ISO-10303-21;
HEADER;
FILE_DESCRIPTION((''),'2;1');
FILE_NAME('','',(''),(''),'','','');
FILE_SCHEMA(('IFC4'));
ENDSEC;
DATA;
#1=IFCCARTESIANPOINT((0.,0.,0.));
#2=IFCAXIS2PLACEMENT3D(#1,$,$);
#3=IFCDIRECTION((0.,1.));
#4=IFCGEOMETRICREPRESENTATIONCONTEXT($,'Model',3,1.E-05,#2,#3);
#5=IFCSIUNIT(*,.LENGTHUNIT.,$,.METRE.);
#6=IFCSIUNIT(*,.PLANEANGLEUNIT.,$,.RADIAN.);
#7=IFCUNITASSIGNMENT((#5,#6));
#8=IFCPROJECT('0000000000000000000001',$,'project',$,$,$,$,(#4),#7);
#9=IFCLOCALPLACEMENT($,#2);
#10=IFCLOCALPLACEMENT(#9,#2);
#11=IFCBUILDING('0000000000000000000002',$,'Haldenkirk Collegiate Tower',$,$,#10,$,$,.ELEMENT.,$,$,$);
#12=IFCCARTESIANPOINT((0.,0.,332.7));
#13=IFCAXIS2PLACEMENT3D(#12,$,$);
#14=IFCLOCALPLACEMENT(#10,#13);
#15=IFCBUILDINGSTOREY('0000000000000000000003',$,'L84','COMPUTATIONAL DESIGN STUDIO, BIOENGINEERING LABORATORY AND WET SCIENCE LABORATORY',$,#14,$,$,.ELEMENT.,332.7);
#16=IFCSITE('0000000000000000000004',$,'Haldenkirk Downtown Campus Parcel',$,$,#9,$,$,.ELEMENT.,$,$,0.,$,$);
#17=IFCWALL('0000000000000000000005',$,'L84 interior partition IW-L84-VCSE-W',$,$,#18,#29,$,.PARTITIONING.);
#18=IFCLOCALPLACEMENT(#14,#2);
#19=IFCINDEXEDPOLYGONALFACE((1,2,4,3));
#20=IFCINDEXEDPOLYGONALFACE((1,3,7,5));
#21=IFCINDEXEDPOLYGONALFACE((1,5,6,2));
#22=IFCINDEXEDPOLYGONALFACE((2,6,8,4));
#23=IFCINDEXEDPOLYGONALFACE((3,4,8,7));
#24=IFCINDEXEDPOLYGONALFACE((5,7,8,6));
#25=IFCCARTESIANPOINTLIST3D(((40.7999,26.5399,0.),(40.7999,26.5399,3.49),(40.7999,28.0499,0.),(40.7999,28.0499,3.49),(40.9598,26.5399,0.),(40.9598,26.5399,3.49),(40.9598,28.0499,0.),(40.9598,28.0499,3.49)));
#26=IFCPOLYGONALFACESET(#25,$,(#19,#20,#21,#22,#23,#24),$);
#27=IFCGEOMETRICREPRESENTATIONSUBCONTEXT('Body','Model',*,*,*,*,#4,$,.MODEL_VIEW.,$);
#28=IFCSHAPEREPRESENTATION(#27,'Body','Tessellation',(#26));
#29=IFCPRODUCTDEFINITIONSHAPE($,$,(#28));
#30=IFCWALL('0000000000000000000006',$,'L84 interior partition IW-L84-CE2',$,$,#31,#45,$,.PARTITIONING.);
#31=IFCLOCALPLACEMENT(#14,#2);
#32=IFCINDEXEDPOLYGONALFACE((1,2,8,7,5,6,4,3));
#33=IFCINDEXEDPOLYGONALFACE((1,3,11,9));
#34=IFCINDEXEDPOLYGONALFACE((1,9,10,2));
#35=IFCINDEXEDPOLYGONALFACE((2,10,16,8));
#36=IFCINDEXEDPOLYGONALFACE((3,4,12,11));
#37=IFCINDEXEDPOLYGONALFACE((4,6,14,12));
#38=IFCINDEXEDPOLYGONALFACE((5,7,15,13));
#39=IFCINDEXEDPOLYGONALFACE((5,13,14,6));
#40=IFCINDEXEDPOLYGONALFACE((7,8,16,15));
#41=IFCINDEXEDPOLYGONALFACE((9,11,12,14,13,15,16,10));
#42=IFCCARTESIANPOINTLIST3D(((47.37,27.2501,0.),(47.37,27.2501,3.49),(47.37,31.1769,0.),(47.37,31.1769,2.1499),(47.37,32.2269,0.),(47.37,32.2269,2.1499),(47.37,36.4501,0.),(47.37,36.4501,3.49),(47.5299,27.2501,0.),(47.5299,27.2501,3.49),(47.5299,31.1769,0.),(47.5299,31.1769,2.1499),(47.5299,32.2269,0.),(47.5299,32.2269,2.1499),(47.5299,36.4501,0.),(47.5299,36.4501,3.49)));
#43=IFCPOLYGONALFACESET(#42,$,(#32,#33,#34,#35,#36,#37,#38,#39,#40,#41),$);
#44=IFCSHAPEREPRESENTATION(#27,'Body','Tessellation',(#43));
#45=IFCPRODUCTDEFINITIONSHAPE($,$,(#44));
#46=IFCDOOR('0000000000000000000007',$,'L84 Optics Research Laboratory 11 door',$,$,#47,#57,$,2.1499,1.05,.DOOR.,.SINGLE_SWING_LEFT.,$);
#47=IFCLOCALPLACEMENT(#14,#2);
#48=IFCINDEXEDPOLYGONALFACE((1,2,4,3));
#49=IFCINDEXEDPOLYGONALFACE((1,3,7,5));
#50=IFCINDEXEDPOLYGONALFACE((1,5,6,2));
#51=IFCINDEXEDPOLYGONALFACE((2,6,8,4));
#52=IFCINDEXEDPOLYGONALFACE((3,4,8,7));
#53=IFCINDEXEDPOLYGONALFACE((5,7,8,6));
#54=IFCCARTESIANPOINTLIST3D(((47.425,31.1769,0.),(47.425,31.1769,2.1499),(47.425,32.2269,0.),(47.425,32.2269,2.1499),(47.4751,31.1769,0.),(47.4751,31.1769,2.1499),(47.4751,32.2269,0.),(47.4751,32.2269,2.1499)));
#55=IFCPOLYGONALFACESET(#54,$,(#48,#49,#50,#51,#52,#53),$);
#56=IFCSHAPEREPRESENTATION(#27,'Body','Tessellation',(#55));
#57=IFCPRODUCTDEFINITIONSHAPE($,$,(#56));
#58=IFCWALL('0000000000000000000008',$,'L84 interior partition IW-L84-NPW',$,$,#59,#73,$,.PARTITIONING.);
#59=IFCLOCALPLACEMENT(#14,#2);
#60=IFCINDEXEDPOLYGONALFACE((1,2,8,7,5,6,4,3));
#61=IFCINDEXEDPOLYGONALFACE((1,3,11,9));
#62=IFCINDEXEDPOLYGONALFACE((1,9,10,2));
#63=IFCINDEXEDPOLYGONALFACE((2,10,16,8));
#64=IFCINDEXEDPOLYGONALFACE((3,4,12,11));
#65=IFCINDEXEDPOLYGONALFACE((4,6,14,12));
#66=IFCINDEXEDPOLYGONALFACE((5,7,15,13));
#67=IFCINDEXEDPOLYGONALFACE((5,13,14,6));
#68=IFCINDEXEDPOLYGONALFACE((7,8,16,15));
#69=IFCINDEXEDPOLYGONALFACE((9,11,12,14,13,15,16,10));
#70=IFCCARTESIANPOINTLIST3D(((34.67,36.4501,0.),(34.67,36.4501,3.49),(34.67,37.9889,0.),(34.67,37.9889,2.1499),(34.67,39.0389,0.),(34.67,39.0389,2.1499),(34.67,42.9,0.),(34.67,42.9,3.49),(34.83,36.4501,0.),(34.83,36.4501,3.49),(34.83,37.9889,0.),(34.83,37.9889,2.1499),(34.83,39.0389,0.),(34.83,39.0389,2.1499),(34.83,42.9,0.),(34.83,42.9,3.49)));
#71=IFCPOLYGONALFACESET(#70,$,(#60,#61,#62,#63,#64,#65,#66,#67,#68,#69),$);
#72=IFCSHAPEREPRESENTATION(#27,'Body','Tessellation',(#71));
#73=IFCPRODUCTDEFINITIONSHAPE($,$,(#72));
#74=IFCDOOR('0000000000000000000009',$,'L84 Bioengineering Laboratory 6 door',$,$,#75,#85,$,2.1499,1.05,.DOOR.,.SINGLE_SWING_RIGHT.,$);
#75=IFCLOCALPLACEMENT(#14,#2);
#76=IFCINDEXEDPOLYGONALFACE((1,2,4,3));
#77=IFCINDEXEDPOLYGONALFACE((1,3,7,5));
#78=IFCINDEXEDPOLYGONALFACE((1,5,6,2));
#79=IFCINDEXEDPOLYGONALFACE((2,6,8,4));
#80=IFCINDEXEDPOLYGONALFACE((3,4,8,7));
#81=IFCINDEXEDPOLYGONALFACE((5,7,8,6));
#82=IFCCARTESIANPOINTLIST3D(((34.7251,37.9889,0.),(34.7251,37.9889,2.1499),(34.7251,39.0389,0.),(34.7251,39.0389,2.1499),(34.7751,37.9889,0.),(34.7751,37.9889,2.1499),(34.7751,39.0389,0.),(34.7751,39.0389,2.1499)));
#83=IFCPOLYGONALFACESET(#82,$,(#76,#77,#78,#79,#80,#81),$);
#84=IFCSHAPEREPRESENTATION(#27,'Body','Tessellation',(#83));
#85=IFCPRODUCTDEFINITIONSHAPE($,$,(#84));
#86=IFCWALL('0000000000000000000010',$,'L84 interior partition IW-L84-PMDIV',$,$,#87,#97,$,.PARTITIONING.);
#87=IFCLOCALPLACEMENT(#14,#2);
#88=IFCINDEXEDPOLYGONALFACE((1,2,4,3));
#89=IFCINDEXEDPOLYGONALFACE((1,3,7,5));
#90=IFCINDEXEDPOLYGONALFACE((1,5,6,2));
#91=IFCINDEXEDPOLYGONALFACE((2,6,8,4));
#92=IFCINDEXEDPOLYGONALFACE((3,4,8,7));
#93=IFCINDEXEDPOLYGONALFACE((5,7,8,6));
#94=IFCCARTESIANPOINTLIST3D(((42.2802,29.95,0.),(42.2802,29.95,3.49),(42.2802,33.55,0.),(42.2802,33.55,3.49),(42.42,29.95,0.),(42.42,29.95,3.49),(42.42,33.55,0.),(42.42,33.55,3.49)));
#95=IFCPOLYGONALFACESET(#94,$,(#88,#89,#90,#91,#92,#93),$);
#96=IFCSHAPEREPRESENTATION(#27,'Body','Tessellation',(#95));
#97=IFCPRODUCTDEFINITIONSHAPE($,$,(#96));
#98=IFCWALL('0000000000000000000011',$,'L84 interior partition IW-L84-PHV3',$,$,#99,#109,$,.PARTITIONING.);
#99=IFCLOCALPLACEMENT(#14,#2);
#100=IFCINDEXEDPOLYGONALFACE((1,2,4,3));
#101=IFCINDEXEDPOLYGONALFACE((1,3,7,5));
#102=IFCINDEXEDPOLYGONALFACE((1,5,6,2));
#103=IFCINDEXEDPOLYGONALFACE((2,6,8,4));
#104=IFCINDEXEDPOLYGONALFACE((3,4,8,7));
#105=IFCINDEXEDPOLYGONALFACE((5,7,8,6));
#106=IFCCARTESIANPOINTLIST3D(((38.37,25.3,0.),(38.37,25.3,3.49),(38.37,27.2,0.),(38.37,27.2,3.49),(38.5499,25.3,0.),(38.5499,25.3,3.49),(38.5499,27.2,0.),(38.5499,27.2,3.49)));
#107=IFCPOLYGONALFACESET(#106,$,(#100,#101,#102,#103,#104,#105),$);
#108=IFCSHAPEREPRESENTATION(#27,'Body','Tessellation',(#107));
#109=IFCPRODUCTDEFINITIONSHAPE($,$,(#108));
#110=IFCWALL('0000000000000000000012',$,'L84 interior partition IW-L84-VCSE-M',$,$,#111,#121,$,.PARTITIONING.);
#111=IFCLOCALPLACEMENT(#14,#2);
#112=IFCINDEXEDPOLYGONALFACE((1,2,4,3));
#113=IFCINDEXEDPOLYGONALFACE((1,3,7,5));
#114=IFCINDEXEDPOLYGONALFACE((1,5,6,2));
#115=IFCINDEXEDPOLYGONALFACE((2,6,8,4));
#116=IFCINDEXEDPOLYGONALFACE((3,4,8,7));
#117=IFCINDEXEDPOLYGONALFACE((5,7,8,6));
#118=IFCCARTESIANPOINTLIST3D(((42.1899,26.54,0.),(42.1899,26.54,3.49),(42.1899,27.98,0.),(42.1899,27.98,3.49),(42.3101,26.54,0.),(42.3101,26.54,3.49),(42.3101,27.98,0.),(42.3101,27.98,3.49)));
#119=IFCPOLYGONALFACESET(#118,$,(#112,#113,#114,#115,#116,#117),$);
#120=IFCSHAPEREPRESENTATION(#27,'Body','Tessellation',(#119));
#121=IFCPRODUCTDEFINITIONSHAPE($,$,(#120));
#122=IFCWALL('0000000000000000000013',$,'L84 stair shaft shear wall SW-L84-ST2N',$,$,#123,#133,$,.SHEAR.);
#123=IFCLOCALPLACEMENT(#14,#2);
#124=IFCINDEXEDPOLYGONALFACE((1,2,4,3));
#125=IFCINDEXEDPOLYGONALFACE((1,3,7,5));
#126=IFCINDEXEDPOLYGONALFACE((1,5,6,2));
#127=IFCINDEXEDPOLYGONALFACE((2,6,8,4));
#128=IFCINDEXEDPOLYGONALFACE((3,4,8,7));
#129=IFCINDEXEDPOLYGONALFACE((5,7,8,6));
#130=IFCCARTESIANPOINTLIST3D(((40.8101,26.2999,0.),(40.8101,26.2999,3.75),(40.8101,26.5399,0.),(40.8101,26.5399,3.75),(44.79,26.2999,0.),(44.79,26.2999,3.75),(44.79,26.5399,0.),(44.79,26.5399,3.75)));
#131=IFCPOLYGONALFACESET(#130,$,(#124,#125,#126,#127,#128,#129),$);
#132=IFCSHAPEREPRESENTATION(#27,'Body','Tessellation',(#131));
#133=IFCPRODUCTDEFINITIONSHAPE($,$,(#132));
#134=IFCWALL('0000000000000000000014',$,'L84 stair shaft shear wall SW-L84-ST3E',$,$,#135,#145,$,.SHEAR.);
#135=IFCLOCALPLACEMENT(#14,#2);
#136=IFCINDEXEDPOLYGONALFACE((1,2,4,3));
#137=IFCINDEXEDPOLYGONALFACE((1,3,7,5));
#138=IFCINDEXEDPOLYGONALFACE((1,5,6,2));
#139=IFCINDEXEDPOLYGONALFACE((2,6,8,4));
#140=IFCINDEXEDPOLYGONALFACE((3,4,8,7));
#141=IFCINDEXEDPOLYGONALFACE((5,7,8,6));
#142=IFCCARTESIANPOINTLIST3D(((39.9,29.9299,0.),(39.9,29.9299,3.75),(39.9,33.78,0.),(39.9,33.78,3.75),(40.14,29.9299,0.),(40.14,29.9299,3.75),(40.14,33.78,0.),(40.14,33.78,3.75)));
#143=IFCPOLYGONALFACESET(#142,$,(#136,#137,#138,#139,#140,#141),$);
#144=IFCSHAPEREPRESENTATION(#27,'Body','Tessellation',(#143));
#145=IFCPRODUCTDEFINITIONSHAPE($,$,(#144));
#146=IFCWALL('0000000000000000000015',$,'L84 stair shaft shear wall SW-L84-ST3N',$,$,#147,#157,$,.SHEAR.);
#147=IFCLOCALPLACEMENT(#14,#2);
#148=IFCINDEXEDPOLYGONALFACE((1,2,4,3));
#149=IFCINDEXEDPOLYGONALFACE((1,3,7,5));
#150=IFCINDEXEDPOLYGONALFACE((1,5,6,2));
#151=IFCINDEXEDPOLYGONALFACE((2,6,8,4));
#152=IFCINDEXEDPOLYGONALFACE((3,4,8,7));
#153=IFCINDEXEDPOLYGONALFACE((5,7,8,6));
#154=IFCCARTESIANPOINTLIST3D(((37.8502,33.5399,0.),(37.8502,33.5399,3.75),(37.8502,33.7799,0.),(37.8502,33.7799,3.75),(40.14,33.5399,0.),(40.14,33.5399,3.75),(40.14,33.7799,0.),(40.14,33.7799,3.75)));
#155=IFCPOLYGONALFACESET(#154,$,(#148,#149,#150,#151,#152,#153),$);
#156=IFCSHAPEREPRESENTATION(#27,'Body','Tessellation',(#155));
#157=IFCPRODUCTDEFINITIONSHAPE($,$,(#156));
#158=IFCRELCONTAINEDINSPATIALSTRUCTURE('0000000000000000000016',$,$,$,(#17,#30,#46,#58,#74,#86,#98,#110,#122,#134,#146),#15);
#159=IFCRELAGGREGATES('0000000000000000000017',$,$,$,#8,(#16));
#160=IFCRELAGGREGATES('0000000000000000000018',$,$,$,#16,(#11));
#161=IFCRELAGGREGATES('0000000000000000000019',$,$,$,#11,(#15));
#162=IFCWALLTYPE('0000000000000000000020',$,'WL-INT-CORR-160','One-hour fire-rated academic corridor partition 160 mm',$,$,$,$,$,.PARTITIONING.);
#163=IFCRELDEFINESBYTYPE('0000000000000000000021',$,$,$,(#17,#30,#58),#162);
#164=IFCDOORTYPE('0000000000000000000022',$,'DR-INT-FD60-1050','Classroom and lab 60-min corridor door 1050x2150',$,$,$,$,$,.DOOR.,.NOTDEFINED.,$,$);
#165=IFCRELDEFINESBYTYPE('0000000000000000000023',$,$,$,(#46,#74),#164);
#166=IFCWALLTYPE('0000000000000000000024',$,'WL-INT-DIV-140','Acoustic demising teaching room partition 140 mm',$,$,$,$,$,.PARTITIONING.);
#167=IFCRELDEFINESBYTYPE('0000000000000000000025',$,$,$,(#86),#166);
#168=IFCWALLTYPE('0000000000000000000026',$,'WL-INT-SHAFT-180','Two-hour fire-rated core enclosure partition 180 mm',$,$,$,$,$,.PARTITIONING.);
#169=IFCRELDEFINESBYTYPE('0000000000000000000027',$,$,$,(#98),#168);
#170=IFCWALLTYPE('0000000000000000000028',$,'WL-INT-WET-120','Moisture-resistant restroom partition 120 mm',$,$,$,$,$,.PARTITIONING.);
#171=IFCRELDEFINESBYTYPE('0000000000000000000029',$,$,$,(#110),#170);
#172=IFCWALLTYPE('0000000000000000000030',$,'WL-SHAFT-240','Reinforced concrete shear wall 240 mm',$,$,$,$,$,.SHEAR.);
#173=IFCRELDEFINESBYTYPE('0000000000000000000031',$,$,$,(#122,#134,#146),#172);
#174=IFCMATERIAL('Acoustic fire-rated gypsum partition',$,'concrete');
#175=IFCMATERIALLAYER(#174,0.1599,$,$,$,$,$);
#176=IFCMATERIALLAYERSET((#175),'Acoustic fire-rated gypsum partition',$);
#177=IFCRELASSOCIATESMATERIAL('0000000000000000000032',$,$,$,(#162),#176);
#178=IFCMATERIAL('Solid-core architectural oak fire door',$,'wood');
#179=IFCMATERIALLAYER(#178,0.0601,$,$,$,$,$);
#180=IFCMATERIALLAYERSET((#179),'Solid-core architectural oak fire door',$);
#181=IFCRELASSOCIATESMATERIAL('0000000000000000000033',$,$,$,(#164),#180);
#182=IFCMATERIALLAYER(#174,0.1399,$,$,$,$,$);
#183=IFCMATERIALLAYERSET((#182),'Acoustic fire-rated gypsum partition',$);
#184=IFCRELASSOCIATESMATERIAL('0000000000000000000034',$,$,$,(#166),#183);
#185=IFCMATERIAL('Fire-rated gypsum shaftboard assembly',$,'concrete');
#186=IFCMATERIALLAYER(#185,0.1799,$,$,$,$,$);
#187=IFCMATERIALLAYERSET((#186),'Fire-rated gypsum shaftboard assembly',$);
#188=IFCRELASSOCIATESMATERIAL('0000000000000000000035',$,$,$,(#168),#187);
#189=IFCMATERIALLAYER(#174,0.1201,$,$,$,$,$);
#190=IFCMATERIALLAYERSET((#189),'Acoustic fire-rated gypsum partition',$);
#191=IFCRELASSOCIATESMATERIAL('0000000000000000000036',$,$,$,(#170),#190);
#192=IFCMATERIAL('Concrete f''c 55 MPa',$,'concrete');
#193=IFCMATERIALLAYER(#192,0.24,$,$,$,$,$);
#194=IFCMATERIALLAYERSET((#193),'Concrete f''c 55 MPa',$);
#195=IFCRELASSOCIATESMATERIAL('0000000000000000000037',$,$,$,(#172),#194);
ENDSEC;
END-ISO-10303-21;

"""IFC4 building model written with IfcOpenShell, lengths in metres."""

from ifc_helpers import new_model, si_unit, direction, frame, frame_2d, origin, place, context, subcontext, project, spatial, rectangle, extrude, material, layer, layer_set, type_object, element, fill, save


model = new_model("IFC4")

# Units and contexts
model_context = context("Model", 3, precision=1e-05, world=origin(), true_north=direction((0.0, 1.0)))
body_context = subcontext(model_context, "Body", "Model", "MODEL_VIEW")
ifc_project = project(units=[si_unit("LENGTHUNIT", "METRE"), si_unit("PLANEANGLEUNIT", "RADIAN")], contexts=[model_context])

# Site, building, storey
site_placement = place(None, origin())
site = spatial("IfcSite", under=ifc_project, at=site_placement, Name="Haldenkirk Downtown Campus Parcel", CompositionType="ELEMENT", RefElevation=0.0)
building_placement = place(site_placement, origin())
building = spatial("IfcBuilding", under=site, at=building_placement, Name="Haldenkirk Collegiate Tower", CompositionType="ELEMENT")
storey_placement = place(building_placement, frame((0.0, 0.0, 332.7)))
storey = spatial("IfcBuildingStorey", under=building, at=storey_placement, Name="L84", Description="COMPUTATIONAL DESIGN STUDIO, BIOENGINEERING LABORATORY AND WET SCIENCE LABORATORY", CompositionType="ELEMENT", Elevation=332.7)

# Shared definitions
ifc_material_1 = material(Name="Acoustic fire-rated gypsum partition", Category="concrete")
ifc_layer_1 = layer(ifc_material_1, 0.1599)
ifc_layer_set_1 = layer_set([ifc_layer_1], Name="Acoustic fire-rated gypsum partition")
wall_type_1 = type_object("IfcWallType", Name="WL-INT-CORR-160", Description="One-hour fire-rated academic corridor partition 160 mm", PredefinedType="PARTITIONING", material=ifc_layer_set_1)
ifc_material_2 = material(Name="Solid-core architectural oak fire door", Category="wood")

# Wall
wall_1_placement = place(storey_placement, frame((40.8799, 26.54, 0.0), z_axis=(0.0, 0.0, 1.0), x_axis=(0.0, 1.0, 0.0)))
element("IfcWall", 1, at=wall_1_placement, inside=storey, type_object=wall_type_1, Name="L84 interior partition IW-L84-VCSE-W", PredefinedType="PARTITIONING", context=body_context, shape_type="SweptSolid", body=[
    extrude(rectangle(XDim=1.51, YDim=0.1599, at=frame_2d((0.7549, 0.0))), origin(), (0.0, 0.0, 1.0), 3.49),
])

# Walls, openings, doors
wall_2_placement = place(storey_placement, frame((47.45, 27.25, 0.0), z_axis=(0.0, 0.0, 1.0), x_axis=(0.0, 1.0, 0.0)))
wall_2 = element("IfcWall", 2, at=wall_2_placement, inside=storey, type_object=wall_type_1, Name="L84 interior partition IW-L84-CE2", PredefinedType="PARTITIONING", context=body_context, shape_type="SweptSolid", body=[
    extrude(rectangle(XDim=9.2, YDim=0.1599, at=frame_2d((4.6001, 0.0))), origin(), (0.0, 0.0, 1.0), 3.49),
])
opening_1_placement = place(wall_2_placement, frame((3.927, 0.0, 0.0)))
opening_1 = element("IfcOpeningElement", 3, at=opening_1_placement, cuts=wall_2, PredefinedType="OPENING", context=body_context, shape_type="SweptSolid", body=[
    extrude(rectangle(XDim=1.05, YDim=2.1499, at=frame_2d((0.5249, 1.075))), frame((0.0, 0.0898, 0.0), z_axis=(0.0, -1.0, 0.0), x_axis=(1.0, 0.0, 0.0)), (0.0, 0.0, 1.0), 0.1799),
])
ifc_layer_2 = layer(ifc_material_2, 0.0601)
ifc_layer_set_2 = layer_set([ifc_layer_2], Name="Solid-core architectural oak fire door")
door_type_1 = type_object("IfcDoorType", Name="DR-INT-FD60-1050", Description="Classroom and lab 60-min corridor door 1050x2150", OperationType="NOTDEFINED", PredefinedType="DOOR", material=ifc_layer_set_2)
door_1_placement = place(opening_1_placement, origin())
door_1 = element("IfcDoor", 4, at=door_1_placement, inside=storey, type_object=door_type_1, Name="L84 Optics Research Laboratory 11 door", OperationType="SINGLE_SWING_LEFT", OverallHeight=2.1499, OverallWidth=1.05, PredefinedType="DOOR", context=body_context, shape_type="SweptSolid", body=[
    extrude(rectangle(XDim=1.05, YDim=2.1499, at=frame_2d((0.5249, 1.075))), frame((0.0, 0.0249, 0.0), z_axis=(0.0, -1.0, 0.0), x_axis=(1.0, 0.0, 0.0)), (0.0, 0.0, 1.0), 0.05),
])
fill(opening_1, door_1)
wall_3_placement = place(storey_placement, frame((34.75, 36.45, 0.0), z_axis=(0.0, 0.0, 1.0), x_axis=(0.0, 1.0, 0.0)))
wall_3 = element("IfcWall", 5, at=wall_3_placement, inside=storey, type_object=wall_type_1, Name="L84 interior partition IW-L84-NPW", PredefinedType="PARTITIONING", context=body_context, shape_type="SweptSolid", body=[
    extrude(rectangle(XDim=6.45, YDim=0.1599, at=frame_2d((3.2251, 0.0))), origin(), (0.0, 0.0, 1.0), 3.49),
])
opening_2_placement = place(wall_3_placement, frame((1.5391, 0.0, 0.0)))
opening_2 = element("IfcOpeningElement", 6, at=opening_2_placement, cuts=wall_3, PredefinedType="OPENING", context=body_context, shape_type="SweptSolid", body=[
    extrude(rectangle(XDim=1.05, YDim=2.1499, at=frame_2d((0.5249, 1.075))), frame((0.0, 0.0898, 0.0), z_axis=(0.0, -1.0, 0.0), x_axis=(1.0, 0.0, 0.0)), (0.0, 0.0, 1.0), 0.1799),
])
door_2_placement = place(opening_2_placement, origin())
door_2 = element("IfcDoor", 7, at=door_2_placement, inside=storey, type_object=door_type_1, Name="L84 Bioengineering Laboratory 6 door", OperationType="SINGLE_SWING_RIGHT", OverallHeight=2.1499, OverallWidth=1.05, PredefinedType="DOOR", context=body_context, shape_type="SweptSolid", body=[
    extrude(rectangle(XDim=1.05, YDim=2.1499, at=frame_2d((0.5249, 1.075))), frame((0.0, 0.0249, 0.0), z_axis=(0.0, -1.0, 0.0), x_axis=(1.0, 0.0, 0.0)), (0.0, 0.0, 1.0), 0.05),
])
fill(opening_2, door_2)

# Walls
ifc_layer_3 = layer(ifc_material_1, 0.1399)
ifc_layer_set_3 = layer_set([ifc_layer_3], Name="Acoustic fire-rated gypsum partition")
wall_type_2 = type_object("IfcWallType", Name="WL-INT-DIV-140", Description="Acoustic demising teaching room partition 140 mm", PredefinedType="PARTITIONING", material=ifc_layer_set_3)
wall_4_placement = place(storey_placement, frame((42.3501, 29.95, 0.0), z_axis=(0.0, 0.0, 1.0), x_axis=(0.0, 1.0, 0.0)))
element("IfcWall", 8, at=wall_4_placement, inside=storey, type_object=wall_type_2, Name="L84 interior partition IW-L84-PMDIV", PredefinedType="PARTITIONING", context=body_context, shape_type="SweptSolid", body=[
    extrude(rectangle(XDim=3.6001, YDim=0.1399, at=frame_2d((1.8, 0.0))), origin(), (0.0, 0.0, 1.0), 3.49),
])
ifc_material_3 = material(Name="Fire-rated gypsum shaftboard assembly", Category="concrete")
ifc_layer_4 = layer(ifc_material_3, 0.1799)
ifc_layer_set_4 = layer_set([ifc_layer_4], Name="Fire-rated gypsum shaftboard assembly")
wall_type_3 = type_object("IfcWallType", Name="WL-INT-SHAFT-180", Description="Two-hour fire-rated core enclosure partition 180 mm", PredefinedType="PARTITIONING", material=ifc_layer_set_4)
wall_5_placement = place(storey_placement, frame((38.46, 25.3, 0.0), z_axis=(0.0, 0.0, 1.0), x_axis=(0.0, 1.0, 0.0)))
element("IfcWall", 9, at=wall_5_placement, inside=storey, type_object=wall_type_3, Name="L84 interior partition IW-L84-PHV3", PredefinedType="PARTITIONING", context=body_context, shape_type="SweptSolid", body=[
    extrude(rectangle(XDim=1.8999, YDim=0.1799, at=frame_2d((0.95, 0.0))), origin(), (0.0, 0.0, 1.0), 3.49),
])
ifc_layer_5 = layer(ifc_material_1, 0.1201)
ifc_layer_set_5 = layer_set([ifc_layer_5], Name="Acoustic fire-rated gypsum partition")
wall_type_4 = type_object("IfcWallType", Name="WL-INT-WET-120", Description="Moisture-resistant restroom partition 120 mm", PredefinedType="PARTITIONING", material=ifc_layer_set_5)
wall_6_placement = place(storey_placement, frame((42.25, 26.54, 0.0), z_axis=(0.0, 0.0, 1.0), x_axis=(0.0, 1.0, 0.0)))
element("IfcWall", 10, at=wall_6_placement, inside=storey, type_object=wall_type_4, Name="L84 interior partition IW-L84-VCSE-M", PredefinedType="PARTITIONING", context=body_context, shape_type="SweptSolid", body=[
    extrude(rectangle(XDim=1.4399, YDim=0.1201, at=frame_2d((0.72, 0.0))), origin(), (0.0, 0.0, 1.0), 3.49),
])
ifc_material_4 = material(Name="Concrete f'c 55 MPa", Category="concrete")
ifc_layer_6 = layer(ifc_material_4, 0.24)
ifc_layer_set_6 = layer_set([ifc_layer_6], Name="Concrete f'c 55 MPa")
wall_type_5 = type_object("IfcWallType", Name="WL-SHAFT-240", Description="Reinforced concrete shear wall 240 mm", PredefinedType="SHEAR", material=ifc_layer_set_6)
wall_7_placement = place(storey_placement, frame((40.8101, 26.4199, 0.0), z_axis=(0.0, 0.0, 1.0), x_axis=(1.0, 0.0, 0.0)))
element("IfcWall", 11, at=wall_7_placement, inside=storey, type_object=wall_type_5, Name="L84 stair shaft shear wall SW-L84-ST2N", PredefinedType="SHEAR", context=body_context, shape_type="SweptSolid", body=[
    extrude(rectangle(XDim=3.98, YDim=0.24, at=frame_2d((1.99, 0.0))), origin(), (0.0, 0.0, 1.0), 3.75),
])
wall_8_placement = place(storey_placement, frame((40.02, 29.9299, 0.0), z_axis=(0.0, 0.0, 1.0), x_axis=(0.0, 1.0, 0.0)))
element("IfcWall", 12, at=wall_8_placement, inside=storey, type_object=wall_type_5, Name="L84 stair shaft shear wall SW-L84-ST3E", PredefinedType="SHEAR", context=body_context, shape_type="SweptSolid", body=[
    extrude(rectangle(XDim=3.8501, YDim=0.24, at=frame_2d((1.925, 0.0))), origin(), (0.0, 0.0, 1.0), 3.75),
])
wall_9_placement = place(storey_placement, frame((37.8501, 33.6599, 0.0), z_axis=(0.0, 0.0, 1.0), x_axis=(1.0, 0.0, 0.0)))
element("IfcWall", 13, at=wall_9_placement, inside=storey, type_object=wall_type_5, Name="L84 stair shaft shear wall SW-L84-ST3N", PredefinedType="SHEAR", context=body_context, shape_type="SweptSolid", body=[
    extrude(rectangle(XDim=2.2898, YDim=0.24, at=frame_2d((1.145, 0.0))), origin(), (0.0, 0.0, 1.0), 3.75),
])

save(model, "model.ifc")
